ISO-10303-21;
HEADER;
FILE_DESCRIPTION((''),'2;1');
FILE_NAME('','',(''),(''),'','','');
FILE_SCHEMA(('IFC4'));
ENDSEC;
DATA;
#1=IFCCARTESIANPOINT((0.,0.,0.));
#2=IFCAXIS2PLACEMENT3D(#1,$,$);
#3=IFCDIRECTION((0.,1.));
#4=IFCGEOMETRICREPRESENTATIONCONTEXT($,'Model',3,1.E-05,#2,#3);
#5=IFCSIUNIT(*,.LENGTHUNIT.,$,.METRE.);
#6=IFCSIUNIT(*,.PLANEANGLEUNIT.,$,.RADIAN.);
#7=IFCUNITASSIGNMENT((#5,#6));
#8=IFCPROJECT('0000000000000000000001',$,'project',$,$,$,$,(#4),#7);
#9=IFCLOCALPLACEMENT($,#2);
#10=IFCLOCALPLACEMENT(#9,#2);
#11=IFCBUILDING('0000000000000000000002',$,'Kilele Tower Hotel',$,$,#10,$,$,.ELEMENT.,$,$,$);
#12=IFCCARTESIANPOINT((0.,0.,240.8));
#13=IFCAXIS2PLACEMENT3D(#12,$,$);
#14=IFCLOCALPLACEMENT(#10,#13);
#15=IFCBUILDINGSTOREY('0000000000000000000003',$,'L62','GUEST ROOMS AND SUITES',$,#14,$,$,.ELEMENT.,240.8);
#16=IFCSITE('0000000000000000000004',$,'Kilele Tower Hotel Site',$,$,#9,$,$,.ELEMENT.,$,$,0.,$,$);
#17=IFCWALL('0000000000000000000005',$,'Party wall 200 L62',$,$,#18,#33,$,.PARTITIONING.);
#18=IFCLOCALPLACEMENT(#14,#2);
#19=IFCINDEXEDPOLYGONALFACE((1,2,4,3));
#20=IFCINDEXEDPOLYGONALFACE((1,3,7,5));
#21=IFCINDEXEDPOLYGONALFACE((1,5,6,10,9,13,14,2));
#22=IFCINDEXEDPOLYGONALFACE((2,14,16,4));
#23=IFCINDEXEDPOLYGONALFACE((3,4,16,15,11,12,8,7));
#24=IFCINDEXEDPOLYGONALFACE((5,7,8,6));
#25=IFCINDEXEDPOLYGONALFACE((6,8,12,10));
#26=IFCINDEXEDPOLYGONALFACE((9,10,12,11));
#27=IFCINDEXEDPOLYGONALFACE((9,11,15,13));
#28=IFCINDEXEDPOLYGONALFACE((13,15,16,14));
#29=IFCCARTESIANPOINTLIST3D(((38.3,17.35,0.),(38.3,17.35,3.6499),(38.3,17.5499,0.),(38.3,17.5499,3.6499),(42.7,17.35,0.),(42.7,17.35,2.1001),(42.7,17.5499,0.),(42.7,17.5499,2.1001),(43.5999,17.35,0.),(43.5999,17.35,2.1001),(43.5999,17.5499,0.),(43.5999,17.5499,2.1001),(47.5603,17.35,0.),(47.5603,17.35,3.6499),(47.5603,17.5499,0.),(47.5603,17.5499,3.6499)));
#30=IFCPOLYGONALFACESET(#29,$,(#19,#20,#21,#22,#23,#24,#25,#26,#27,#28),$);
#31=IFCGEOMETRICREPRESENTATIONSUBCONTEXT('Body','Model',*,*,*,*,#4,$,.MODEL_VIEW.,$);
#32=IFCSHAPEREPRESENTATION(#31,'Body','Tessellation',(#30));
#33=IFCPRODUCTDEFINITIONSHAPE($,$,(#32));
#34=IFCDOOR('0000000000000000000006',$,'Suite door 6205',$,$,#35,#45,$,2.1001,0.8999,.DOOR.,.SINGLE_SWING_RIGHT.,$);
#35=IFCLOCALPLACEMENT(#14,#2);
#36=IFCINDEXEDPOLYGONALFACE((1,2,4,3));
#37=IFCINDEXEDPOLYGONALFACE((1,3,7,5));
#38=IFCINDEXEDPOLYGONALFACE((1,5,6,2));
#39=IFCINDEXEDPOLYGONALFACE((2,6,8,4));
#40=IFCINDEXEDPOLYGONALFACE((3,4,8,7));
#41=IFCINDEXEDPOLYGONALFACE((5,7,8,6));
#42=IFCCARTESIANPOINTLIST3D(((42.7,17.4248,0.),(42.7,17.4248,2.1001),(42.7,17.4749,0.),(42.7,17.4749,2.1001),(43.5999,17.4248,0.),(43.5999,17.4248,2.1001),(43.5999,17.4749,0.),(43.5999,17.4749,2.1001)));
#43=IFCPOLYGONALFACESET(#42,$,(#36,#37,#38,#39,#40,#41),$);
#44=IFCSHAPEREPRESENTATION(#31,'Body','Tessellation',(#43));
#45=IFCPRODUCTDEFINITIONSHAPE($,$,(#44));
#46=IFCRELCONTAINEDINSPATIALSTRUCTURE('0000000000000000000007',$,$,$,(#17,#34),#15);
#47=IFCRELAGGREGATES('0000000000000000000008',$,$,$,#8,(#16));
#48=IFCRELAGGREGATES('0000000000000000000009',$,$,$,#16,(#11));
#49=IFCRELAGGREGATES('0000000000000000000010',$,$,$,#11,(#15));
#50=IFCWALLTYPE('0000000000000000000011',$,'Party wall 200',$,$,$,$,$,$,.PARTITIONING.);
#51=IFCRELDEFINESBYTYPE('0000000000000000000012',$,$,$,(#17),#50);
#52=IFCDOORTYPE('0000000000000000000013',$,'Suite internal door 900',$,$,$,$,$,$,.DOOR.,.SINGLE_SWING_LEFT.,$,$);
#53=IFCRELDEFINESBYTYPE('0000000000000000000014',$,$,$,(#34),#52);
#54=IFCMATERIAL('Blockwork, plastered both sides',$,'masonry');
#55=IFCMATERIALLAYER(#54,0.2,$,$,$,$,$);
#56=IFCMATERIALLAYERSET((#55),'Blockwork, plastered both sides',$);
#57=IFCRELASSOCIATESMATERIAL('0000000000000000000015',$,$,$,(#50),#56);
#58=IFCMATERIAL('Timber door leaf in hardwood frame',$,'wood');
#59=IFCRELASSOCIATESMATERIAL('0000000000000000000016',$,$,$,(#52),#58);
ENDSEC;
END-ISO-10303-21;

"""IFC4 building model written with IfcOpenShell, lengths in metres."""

from ifc_helpers import new_model, si_unit, direction, frame, frame_2d, origin, place, context, subcontext, project, spatial, rectangle, extrude, material, layer, layer_set, type_object, element, fill, save


model = new_model("IFC4")

# Units and contexts
model_context = context("Model", 3, precision=1e-05, world=origin(), true_north=direction((0.0, 1.0)))
body_context = subcontext(model_context, "Body", "Model", "MODEL_VIEW")
ifc_project = project(units=[si_unit("LENGTHUNIT", "METRE"), si_unit("PLANEANGLEUNIT", "RADIAN")], contexts=[model_context])

# Site, building, storey
site_placement = place(None, origin())
site = spatial("IfcSite", under=ifc_project, at=site_placement, Name="Kilele Tower Hotel Site", CompositionType="ELEMENT", RefElevation=0.0)
building_placement = place(site_placement, origin())
building = spatial("IfcBuilding", under=site, at=building_placement, Name="Kilele Tower Hotel", CompositionType="ELEMENT")
storey_placement = place(building_placement, frame((0.0, 0.0, 240.8)))
storey = spatial("IfcBuildingStorey", under=building, at=storey_placement, Name="L62", Description="GUEST ROOMS AND SUITES", CompositionType="ELEMENT", Elevation=240.8)

# Wall, opening, door
ifc_material_1 = material(Name="Blockwork, plastered both sides", Category="masonry")
ifc_layer_1 = layer(ifc_material_1, 0.2)
ifc_layer_set_1 = layer_set([ifc_layer_1], Name="Blockwork, plastered both sides")
wall_type_1 = type_object("IfcWallType", Name="Party wall 200", PredefinedType="PARTITIONING", material=ifc_layer_set_1)
wall_1_placement = place(storey_placement, frame((38.3, 17.45, 0.0), z_axis=(0.0, 0.0, 1.0), x_axis=(1.0, 0.0, 0.0)))
wall_1 = element("IfcWall", 1, at=wall_1_placement, inside=storey, type_object=wall_type_1, Name="Party wall 200 L62", PredefinedType="PARTITIONING", context=body_context, shape_type="SweptSolid", body=[
    extrude(rectangle(XDim=9.2603, YDim=0.2, at=frame_2d((4.6301, 0.0))), origin(), (0.0, 0.0, 1.0), 3.6499),
])
opening_1_placement = place(wall_1_placement, frame((4.3999, 0.0, 0.0)))
opening_1 = element("IfcOpeningElement", 2, at=opening_1_placement, cuts=wall_1, PredefinedType="OPENING", context=body_context, shape_type="SweptSolid", body=[
    extrude(rectangle(XDim=0.8999, YDim=2.1001, at=frame_2d((0.45, 1.05))), frame((0.0, 0.1099, 0.0), z_axis=(0.0, -1.0, 0.0), x_axis=(1.0, 0.0, 0.0)), (0.0, 0.0, 1.0), 0.22),
])
ifc_material_2 = material(Name="Timber door leaf in hardwood frame", Category="wood")
door_type_1 = type_object("IfcDoorType", Name="Suite internal door 900", OperationType="SINGLE_SWING_LEFT", PredefinedType="DOOR", material=ifc_material_2)
door_1_placement = place(opening_1_placement, origin())
door_1 = element("IfcDoor", 3, at=door_1_placement, inside=storey, type_object=door_type_1, Name="Suite door 6205", OperationType="SINGLE_SWING_RIGHT", OverallHeight=2.1001, OverallWidth=0.8999, PredefinedType="DOOR", context=body_context, shape_type="SweptSolid", body=[
    extrude(rectangle(XDim=0.8999, YDim=2.1001, at=frame_2d((0.45, 1.05))), frame((0.0, 0.0249, 0.0), z_axis=(0.0, -1.0, 0.0), x_axis=(1.0, 0.0, 0.0)), (0.0, 0.0, 1.0), 0.05),
])
fill(opening_1, door_1)

save(model, "model.ifc")
